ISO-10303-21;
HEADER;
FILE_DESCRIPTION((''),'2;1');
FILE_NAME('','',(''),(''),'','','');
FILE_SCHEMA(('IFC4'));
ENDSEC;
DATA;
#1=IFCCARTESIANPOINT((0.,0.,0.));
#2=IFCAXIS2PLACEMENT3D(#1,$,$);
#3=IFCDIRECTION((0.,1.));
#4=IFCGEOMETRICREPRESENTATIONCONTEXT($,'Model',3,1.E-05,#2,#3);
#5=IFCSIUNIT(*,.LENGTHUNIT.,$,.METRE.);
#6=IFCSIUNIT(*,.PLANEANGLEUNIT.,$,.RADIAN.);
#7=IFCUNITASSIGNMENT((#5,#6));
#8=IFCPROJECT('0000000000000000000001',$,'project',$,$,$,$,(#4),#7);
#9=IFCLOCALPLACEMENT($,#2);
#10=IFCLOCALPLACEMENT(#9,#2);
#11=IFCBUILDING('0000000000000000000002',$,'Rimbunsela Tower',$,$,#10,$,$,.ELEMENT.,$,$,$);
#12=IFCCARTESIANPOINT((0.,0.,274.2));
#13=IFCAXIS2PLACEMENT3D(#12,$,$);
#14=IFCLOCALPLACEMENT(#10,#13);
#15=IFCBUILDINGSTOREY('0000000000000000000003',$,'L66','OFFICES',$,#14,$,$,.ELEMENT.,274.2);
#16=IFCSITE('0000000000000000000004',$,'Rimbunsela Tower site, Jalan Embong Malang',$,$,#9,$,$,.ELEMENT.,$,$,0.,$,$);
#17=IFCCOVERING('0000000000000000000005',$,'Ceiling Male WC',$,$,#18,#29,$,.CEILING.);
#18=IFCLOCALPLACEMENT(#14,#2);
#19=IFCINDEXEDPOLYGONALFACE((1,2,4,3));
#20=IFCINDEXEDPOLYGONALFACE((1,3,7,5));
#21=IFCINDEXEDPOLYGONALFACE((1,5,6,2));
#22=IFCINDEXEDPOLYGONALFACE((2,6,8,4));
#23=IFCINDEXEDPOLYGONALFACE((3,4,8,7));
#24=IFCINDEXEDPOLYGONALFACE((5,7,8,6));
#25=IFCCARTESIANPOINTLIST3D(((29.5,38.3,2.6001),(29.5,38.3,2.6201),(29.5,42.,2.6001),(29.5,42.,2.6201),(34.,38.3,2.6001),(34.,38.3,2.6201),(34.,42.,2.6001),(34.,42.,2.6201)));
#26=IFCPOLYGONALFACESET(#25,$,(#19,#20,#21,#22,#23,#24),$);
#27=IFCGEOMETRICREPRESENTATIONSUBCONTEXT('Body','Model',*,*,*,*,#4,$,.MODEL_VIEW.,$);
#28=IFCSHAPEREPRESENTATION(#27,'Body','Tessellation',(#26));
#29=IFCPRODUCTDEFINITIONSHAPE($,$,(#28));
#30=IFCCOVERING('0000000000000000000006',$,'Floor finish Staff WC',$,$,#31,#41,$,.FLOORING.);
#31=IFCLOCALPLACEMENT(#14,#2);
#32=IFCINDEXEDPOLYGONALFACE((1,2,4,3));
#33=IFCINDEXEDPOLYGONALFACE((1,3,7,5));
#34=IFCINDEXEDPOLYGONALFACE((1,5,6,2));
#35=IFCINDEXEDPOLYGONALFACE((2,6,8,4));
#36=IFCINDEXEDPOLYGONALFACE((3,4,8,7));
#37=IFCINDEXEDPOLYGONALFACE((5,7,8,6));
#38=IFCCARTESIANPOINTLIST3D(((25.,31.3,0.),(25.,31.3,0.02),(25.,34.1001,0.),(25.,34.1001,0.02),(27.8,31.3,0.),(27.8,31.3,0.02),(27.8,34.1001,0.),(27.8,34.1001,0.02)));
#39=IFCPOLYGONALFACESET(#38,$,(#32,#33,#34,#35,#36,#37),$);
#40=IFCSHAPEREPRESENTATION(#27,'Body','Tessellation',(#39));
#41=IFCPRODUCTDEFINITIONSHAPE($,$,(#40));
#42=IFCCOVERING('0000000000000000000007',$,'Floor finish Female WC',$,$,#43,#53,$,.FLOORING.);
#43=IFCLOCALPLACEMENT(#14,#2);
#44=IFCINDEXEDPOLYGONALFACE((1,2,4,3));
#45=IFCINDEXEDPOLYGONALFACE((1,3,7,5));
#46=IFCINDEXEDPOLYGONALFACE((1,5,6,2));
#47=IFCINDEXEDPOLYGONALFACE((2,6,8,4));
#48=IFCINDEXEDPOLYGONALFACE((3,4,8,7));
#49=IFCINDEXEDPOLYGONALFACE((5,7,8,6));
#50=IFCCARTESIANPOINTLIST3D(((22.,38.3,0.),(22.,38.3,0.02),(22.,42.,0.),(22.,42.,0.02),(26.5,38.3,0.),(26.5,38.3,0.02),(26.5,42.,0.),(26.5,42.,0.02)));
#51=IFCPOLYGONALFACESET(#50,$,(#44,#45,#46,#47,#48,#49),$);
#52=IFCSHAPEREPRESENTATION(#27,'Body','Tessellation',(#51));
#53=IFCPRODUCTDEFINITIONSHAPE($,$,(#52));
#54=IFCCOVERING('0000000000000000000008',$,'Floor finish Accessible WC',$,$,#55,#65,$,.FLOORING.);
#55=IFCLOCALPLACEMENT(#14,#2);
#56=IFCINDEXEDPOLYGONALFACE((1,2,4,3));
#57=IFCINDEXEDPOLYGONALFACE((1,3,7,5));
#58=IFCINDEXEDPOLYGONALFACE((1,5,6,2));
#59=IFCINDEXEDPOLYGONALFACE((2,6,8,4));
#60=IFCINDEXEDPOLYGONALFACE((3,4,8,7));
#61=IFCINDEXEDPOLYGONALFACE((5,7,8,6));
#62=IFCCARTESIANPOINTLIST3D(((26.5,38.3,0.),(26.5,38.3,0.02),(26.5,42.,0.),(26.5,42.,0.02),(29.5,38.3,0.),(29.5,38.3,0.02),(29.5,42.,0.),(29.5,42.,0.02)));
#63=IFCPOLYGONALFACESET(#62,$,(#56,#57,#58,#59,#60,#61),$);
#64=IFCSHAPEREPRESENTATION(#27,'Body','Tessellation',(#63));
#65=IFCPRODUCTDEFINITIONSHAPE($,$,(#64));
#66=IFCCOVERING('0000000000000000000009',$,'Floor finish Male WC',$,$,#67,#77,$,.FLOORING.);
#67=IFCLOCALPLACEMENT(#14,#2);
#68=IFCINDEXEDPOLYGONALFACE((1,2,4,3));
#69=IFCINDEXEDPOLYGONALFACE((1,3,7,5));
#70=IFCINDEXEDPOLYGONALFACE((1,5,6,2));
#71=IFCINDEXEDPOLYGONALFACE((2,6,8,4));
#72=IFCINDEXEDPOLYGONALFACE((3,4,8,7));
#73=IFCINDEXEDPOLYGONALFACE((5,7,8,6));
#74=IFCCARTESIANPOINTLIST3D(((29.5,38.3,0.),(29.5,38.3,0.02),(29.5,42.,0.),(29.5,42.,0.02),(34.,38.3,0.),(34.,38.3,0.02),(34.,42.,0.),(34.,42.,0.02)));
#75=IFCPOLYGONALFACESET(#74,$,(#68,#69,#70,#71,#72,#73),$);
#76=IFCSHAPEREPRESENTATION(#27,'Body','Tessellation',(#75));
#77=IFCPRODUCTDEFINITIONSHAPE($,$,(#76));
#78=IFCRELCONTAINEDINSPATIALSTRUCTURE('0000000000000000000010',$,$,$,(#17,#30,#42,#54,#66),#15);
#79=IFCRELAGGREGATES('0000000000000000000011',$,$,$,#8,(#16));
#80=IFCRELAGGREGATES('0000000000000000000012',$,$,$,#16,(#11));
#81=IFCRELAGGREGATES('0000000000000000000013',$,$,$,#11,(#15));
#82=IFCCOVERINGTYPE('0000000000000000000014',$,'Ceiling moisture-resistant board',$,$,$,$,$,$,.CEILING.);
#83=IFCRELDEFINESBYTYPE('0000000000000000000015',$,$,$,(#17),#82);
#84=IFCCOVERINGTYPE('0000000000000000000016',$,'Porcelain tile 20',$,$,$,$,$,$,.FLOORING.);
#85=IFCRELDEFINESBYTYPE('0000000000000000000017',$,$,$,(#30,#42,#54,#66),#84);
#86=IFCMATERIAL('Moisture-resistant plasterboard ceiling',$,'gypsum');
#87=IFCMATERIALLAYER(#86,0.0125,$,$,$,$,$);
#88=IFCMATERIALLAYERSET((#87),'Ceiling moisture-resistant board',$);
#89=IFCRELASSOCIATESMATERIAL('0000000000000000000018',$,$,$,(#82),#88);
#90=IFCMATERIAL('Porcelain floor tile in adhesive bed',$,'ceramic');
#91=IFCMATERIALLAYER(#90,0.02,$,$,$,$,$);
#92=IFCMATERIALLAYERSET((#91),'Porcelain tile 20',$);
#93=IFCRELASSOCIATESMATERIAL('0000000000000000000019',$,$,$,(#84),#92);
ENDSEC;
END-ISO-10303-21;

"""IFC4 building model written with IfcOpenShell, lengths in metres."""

from ifc_helpers import new_model, si_unit, direction, frame, origin, place, context, subcontext, project, spatial, polyline, outline, extrude, material, layer, layer_set, type_object, element, save


model = new_model("IFC4")

# Units and contexts
model_context = context("Model", 3, precision=1e-05, world=origin(), true_north=direction((0.0, 1.0)))
body_context = subcontext(model_context, "Body", "Model", "MODEL_VIEW")
ifc_project = project(units=[si_unit("LENGTHUNIT", "METRE"), si_unit("PLANEANGLEUNIT", "RADIAN")], contexts=[model_context])

# Site, building, storey
site_placement = place(None, origin())
site = spatial("IfcSite", under=ifc_project, at=site_placement, Name="Rimbunsela Tower site, Jalan Embong Malang", CompositionType="ELEMENT", RefElevation=0.0)
building_placement = place(site_placement, origin())
building = spatial("IfcBuilding", under=site, at=building_placement, Name="Rimbunsela Tower", CompositionType="ELEMENT")
storey_placement = place(building_placement, frame((0.0, 0.0, 274.2)))
storey = spatial("IfcBuildingStorey", under=building, at=storey_placement, Name="L66", Description="OFFICES", CompositionType="ELEMENT", Elevation=274.2)

# Coverings
ifc_material_1 = material(Name="Moisture-resistant plasterboard ceiling", Category="gypsum")
ifc_layer_1 = layer(ifc_material_1, 0.0125)
ifc_layer_set_1 = layer_set([ifc_layer_1], Name="Ceiling moisture-resistant board")
covering_type_1 = type_object("IfcCoveringType", Name="Ceiling moisture-resistant board", PredefinedType="CEILING", material=ifc_layer_set_1)
covering_1_placement = place(storey_placement, frame((0.0, 0.0, 2.6001)))
element("IfcCovering", 1, at=covering_1_placement, inside=storey, type_object=covering_type_1, Name="Ceiling Male WC", PredefinedType="CEILING", context=body_context, shape_type="SweptSolid", body=[
    extrude(outline(polyline([(34.0, 38.3), (34.0, 42.0), (29.5, 42.0), (29.5, 38.3), (34.0, 38.3)])), origin(), (0.0, 0.0, 1.0), 0.02),
])
ifc_material_2 = material(Name="Porcelain floor tile in adhesive bed", Category="ceramic")
ifc_layer_2 = layer(ifc_material_2, 0.02)
ifc_layer_set_2 = layer_set([ifc_layer_2], Name="Porcelain tile 20")
covering_type_2 = type_object("IfcCoveringType", Name="Porcelain tile 20", PredefinedType="FLOORING", material=ifc_layer_set_2)
covering_2_placement = place(storey_placement, origin())
element("IfcCovering", 2, at=covering_2_placement, inside=storey, type_object=covering_type_2, Name="Floor finish Staff WC", PredefinedType="FLOORING", context=body_context, shape_type="SweptSolid", body=[
    extrude(outline(polyline([(27.8, 31.3), (27.8, 34.1001), (25.0, 34.1001), (25.0, 31.3), (27.8, 31.3)])), origin(), (0.0, 0.0, 1.0), 0.02),
])
covering_3_placement = place(storey_placement, origin())
element("IfcCovering", 3, at=covering_3_placement, inside=storey, type_object=covering_type_2, Name="Floor finish Female WC", PredefinedType="FLOORING", context=body_context, shape_type="SweptSolid", body=[
    extrude(outline(polyline([(26.5, 38.3), (26.5, 42.0), (22.0, 42.0), (22.0, 38.3), (26.5, 38.3)])), origin(), (0.0, 0.0, 1.0), 0.02),
])
covering_4_placement = place(storey_placement, origin())
element("IfcCovering", 4, at=covering_4_placement, inside=storey, type_object=covering_type_2, Name="Floor finish Accessible WC", PredefinedType="FLOORING", context=body_context, shape_type="SweptSolid", body=[
    extrude(outline(polyline([(29.5, 38.3), (29.5, 42.0), (26.5, 42.0), (26.5, 38.3), (29.5, 38.3)])), origin(), (0.0, 0.0, 1.0), 0.02),
])
covering_5_placement = place(storey_placement, origin())
element("IfcCovering", 5, at=covering_5_placement, inside=storey, type_object=covering_type_2, Name="Floor finish Male WC", PredefinedType="FLOORING", context=body_context, shape_type="SweptSolid", body=[
    extrude(outline(polyline([(34.0, 38.3), (34.0, 42.0), (29.5, 42.0), (29.5, 38.3), (34.0, 38.3)])), origin(), (0.0, 0.0, 1.0), 0.02),
])

save(model, "model.ifc")
